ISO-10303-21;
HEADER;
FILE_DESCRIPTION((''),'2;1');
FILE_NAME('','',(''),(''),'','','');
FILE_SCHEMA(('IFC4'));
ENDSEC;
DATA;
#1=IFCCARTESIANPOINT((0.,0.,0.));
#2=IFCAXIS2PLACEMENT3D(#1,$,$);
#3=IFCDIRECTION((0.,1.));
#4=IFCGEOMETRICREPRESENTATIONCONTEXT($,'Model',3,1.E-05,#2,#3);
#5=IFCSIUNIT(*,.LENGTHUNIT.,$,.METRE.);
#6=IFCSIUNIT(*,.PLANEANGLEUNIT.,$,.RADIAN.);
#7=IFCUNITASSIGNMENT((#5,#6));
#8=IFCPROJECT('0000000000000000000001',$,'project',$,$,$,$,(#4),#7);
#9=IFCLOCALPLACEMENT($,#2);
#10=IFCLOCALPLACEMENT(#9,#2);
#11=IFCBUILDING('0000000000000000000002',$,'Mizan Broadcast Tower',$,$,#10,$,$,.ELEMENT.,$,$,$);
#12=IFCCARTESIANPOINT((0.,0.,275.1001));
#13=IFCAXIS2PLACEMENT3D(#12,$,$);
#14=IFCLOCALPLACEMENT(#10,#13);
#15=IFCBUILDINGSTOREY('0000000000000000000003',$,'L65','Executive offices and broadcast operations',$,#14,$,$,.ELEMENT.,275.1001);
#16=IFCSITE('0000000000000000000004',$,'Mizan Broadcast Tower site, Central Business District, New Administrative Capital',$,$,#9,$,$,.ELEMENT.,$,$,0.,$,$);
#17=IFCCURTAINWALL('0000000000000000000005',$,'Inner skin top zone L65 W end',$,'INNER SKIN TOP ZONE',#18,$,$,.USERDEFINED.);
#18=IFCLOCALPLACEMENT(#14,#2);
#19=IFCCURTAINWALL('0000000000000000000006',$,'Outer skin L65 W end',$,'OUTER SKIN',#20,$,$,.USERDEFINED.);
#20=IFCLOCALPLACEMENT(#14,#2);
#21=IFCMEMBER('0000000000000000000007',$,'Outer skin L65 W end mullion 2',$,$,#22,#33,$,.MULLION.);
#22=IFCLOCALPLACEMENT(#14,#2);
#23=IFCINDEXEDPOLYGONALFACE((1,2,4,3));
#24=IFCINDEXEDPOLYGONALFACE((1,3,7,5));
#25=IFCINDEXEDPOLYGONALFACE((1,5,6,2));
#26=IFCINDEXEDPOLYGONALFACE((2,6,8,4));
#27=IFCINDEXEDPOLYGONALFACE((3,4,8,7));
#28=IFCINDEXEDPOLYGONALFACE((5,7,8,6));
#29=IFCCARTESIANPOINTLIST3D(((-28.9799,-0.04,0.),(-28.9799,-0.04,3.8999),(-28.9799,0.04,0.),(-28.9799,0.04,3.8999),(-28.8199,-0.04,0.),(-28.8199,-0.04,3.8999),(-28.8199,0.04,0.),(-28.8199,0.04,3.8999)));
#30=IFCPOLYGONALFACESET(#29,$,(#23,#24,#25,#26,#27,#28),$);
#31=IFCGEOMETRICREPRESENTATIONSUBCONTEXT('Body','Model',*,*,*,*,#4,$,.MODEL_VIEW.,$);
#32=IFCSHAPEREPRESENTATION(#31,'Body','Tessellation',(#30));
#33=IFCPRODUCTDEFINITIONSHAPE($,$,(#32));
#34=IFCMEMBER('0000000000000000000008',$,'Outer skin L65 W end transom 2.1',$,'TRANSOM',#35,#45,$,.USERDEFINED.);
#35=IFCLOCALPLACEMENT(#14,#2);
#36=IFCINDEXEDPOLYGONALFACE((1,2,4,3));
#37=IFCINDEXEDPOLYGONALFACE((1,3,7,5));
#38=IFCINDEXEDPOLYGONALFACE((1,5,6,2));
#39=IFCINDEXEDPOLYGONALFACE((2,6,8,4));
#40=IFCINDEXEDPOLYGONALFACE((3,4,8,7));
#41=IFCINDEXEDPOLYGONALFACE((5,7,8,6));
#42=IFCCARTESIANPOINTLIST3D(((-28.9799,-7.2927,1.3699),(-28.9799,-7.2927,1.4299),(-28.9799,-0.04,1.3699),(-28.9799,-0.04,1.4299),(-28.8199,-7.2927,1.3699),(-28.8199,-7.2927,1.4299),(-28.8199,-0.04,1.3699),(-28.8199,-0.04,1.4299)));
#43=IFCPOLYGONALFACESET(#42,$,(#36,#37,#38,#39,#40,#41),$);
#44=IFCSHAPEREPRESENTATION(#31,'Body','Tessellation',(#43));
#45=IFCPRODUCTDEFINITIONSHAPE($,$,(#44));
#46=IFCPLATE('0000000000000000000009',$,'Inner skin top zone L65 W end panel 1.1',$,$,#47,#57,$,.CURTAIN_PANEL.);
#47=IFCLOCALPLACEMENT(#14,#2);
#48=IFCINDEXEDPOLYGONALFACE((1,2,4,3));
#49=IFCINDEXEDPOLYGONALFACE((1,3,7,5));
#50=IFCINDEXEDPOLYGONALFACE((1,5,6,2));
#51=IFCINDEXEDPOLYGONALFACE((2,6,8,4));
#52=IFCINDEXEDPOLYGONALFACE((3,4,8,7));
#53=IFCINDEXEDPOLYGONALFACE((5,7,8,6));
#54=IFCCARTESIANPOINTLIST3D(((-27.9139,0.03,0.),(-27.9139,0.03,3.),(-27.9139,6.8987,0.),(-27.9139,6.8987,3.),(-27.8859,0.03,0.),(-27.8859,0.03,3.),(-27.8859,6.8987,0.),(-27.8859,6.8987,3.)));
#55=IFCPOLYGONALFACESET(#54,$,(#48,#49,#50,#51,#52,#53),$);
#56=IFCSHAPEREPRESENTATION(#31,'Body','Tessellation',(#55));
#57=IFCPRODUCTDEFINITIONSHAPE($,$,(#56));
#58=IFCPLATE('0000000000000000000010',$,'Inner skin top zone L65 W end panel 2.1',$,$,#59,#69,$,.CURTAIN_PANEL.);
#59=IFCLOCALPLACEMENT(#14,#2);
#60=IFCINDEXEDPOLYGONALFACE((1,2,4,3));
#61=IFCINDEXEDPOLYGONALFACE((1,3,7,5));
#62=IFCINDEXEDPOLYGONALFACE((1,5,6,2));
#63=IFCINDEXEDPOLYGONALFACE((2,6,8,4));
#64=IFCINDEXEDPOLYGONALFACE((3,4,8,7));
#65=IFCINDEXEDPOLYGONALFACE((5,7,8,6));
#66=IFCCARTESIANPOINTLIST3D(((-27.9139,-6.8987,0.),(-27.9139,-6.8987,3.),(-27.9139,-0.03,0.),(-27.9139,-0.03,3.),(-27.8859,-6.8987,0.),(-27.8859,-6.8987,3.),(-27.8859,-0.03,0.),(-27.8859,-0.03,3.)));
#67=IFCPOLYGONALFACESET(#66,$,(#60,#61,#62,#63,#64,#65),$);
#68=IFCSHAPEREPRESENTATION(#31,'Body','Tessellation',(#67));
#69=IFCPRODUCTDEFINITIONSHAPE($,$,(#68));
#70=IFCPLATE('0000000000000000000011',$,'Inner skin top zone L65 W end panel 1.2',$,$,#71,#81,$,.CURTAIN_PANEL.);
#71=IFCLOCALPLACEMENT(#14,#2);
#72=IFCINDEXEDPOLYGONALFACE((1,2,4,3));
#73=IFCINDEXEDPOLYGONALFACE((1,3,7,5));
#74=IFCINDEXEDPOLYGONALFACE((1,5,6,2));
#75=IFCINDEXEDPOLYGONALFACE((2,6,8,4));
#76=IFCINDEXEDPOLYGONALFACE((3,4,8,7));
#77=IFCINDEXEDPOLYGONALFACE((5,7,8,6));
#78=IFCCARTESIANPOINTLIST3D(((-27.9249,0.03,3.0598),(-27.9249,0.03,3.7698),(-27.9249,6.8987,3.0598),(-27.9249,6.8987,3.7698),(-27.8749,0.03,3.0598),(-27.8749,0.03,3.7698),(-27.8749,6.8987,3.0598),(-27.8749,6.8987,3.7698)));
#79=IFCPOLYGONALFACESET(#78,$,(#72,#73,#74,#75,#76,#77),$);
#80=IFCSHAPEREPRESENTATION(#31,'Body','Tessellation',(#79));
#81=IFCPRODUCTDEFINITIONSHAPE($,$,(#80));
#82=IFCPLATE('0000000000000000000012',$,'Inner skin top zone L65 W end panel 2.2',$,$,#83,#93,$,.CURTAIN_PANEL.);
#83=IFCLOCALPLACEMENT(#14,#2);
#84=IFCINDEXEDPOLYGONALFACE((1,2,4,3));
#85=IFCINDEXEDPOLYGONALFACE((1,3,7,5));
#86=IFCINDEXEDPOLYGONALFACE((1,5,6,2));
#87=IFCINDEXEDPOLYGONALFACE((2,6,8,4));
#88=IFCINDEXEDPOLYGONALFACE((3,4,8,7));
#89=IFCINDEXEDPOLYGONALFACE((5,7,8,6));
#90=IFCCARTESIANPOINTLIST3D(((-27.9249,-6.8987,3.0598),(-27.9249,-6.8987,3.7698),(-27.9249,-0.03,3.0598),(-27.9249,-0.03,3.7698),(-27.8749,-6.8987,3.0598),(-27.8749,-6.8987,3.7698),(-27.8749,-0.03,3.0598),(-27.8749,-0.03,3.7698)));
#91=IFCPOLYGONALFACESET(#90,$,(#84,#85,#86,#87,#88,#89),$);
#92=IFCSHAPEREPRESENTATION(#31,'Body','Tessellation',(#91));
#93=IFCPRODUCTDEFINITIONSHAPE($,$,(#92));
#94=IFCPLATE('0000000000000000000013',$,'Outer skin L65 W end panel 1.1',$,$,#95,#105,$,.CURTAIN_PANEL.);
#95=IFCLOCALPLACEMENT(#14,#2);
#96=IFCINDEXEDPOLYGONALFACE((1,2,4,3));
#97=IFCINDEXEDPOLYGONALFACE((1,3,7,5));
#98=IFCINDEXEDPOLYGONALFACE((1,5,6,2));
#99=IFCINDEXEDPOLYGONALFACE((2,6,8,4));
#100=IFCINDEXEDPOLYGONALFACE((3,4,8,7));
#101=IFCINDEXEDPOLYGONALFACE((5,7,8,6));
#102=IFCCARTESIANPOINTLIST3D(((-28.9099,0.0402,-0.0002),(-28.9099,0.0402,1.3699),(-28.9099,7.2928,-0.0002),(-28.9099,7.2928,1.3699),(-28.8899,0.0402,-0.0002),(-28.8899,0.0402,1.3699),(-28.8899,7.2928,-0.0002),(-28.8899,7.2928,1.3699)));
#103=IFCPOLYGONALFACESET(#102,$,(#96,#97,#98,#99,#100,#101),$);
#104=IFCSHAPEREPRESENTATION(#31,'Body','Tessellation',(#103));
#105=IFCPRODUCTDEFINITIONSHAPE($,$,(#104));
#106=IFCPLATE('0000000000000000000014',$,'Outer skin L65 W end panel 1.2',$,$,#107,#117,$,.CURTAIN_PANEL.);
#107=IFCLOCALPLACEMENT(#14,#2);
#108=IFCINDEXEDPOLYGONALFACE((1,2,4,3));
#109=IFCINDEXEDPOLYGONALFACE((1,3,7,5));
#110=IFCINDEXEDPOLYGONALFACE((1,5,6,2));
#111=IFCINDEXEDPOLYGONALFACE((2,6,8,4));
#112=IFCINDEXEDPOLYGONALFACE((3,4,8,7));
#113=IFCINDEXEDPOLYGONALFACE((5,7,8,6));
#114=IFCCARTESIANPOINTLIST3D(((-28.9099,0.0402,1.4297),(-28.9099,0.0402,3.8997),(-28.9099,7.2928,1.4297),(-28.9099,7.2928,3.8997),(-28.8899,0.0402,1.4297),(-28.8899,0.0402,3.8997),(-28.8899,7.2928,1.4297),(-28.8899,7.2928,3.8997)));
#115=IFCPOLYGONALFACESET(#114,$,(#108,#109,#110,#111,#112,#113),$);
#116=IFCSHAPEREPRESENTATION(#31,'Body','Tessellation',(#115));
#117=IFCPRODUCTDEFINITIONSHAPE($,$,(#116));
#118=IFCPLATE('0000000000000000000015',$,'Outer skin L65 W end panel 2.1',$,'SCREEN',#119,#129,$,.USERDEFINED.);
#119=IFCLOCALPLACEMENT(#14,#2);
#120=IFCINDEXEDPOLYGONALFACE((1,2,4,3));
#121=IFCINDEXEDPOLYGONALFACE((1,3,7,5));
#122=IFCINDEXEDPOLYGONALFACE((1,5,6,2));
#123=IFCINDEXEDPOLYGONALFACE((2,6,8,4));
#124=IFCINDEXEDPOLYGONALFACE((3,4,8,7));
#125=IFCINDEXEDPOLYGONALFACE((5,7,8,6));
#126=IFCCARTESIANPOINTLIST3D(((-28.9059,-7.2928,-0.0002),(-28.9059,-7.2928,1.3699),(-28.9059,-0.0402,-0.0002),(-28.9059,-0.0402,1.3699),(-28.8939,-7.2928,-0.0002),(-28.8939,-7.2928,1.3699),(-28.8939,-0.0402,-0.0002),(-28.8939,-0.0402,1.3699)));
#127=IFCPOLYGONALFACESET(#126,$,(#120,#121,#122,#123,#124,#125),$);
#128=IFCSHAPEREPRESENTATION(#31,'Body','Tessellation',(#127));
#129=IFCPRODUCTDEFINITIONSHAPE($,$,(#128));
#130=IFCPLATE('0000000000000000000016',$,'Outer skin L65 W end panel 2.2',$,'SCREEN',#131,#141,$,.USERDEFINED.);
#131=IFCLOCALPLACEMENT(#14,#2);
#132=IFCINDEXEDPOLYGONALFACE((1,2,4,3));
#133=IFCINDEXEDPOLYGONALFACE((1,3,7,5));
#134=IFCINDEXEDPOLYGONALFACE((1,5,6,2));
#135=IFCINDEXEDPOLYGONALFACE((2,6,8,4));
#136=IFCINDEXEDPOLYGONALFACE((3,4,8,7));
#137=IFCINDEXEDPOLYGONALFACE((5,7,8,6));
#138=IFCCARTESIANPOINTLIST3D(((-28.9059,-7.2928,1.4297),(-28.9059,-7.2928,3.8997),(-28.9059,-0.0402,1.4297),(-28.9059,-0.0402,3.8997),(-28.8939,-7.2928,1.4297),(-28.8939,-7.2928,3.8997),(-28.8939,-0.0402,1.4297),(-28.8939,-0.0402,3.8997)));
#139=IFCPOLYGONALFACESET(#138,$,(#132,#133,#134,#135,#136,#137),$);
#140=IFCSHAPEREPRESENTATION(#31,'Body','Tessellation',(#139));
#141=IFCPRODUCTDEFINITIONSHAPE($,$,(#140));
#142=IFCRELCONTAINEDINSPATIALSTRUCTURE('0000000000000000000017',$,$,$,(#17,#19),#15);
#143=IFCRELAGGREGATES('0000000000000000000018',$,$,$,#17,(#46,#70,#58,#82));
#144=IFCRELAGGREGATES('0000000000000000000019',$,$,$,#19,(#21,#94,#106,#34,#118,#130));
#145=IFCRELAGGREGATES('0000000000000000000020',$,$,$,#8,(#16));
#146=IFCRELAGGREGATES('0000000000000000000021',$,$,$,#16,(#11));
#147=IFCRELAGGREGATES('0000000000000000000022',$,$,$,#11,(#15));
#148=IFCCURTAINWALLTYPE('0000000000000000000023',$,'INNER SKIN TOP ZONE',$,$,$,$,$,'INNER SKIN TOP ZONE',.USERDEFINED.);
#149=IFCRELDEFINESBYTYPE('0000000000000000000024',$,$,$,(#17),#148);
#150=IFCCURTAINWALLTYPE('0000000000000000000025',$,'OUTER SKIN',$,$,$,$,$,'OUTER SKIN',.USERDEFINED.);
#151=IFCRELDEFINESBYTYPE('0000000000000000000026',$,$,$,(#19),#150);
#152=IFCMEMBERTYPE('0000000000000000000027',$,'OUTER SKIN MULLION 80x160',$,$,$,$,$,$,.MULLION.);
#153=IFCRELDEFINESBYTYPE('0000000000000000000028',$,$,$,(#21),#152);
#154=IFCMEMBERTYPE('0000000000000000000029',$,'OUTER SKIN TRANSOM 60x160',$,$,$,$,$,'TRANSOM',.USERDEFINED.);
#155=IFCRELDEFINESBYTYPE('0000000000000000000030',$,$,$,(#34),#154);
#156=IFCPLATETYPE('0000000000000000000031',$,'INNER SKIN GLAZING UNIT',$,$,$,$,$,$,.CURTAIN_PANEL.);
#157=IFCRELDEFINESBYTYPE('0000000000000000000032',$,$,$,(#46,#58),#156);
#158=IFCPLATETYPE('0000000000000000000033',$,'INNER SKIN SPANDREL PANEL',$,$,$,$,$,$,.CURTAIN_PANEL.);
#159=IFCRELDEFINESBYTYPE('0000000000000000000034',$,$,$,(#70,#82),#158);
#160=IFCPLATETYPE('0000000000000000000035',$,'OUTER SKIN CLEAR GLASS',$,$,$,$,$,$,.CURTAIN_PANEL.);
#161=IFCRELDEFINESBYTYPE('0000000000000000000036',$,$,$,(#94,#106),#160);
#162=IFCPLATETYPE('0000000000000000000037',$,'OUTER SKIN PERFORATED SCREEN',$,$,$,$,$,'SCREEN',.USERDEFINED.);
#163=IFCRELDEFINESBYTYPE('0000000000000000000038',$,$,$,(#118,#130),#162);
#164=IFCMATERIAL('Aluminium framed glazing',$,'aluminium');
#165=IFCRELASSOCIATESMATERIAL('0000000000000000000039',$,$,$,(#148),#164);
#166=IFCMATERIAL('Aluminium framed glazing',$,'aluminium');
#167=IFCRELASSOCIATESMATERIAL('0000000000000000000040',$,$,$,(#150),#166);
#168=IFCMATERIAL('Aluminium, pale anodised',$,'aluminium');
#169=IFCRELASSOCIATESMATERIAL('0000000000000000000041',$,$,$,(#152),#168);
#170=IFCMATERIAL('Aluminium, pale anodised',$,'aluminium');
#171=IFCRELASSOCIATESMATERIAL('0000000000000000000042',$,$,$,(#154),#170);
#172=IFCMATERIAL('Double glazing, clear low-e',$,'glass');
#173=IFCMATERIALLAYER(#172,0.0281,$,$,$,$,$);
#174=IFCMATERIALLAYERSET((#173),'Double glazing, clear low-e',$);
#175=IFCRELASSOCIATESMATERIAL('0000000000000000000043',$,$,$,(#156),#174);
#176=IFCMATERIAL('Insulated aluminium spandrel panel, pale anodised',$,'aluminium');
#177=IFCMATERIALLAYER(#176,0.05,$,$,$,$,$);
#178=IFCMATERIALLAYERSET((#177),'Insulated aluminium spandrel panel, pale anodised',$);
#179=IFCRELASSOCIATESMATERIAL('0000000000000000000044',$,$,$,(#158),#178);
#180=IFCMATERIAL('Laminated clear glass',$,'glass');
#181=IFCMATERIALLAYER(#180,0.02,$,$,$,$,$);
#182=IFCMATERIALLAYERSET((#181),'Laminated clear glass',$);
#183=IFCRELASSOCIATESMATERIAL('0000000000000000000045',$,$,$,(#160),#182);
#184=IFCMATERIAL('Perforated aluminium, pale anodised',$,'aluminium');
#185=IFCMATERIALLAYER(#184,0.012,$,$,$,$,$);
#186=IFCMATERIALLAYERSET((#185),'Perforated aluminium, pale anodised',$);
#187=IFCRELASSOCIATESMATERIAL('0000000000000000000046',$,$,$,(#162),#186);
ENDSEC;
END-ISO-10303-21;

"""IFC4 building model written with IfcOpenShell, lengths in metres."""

from ifc_helpers import new_model, si_unit, direction, frame, origin, origin_2d, place, context, subcontext, project, spatial, rectangle, extrude, material, layer, layer_set, material_profile, profile_set, type_object, element, aggregate, save


model = new_model("IFC4")

# Units and contexts
model_context = context("Model", 3, precision=1e-05, world=origin(), true_north=direction((0.0, 1.0)))
body_context = subcontext(model_context, "Body", "Model", "MODEL_VIEW")
ifc_project = project(units=[si_unit("LENGTHUNIT", "METRE"), si_unit("PLANEANGLEUNIT", "RADIAN")], contexts=[model_context])

# Site, building, storey
site_placement = place(None, origin())
site = spatial("IfcSite", under=ifc_project, at=site_placement, Name="Mizan Broadcast Tower site, Central Business District, New Administrative Capital", CompositionType="ELEMENT", RefElevation=0.0)
building_placement = place(site_placement, origin())
building = spatial("IfcBuilding", under=site, at=building_placement, Name="Mizan Broadcast Tower", CompositionType="ELEMENT")
storey_placement = place(building_placement, frame((0.0, 0.0, 275.1001)))
storey = spatial("IfcBuildingStorey", under=building, at=storey_placement, Name="L65", Description="Executive offices and broadcast operations", CompositionType="ELEMENT", Elevation=275.1001)

# Shared definitions
ifc_material_1 = material(Name="Aluminium framed glazing", Category="aluminium")
curtain_wall_type_1 = type_object("IfcCurtainWallType", Name="INNER SKIN TOP ZONE", ElementType="INNER SKIN TOP ZONE", PredefinedType="USERDEFINED", material=ifc_material_1)

# Curtain wall
curtain_wall_1_placement = place(storey_placement, origin())
curtain_wall_1 = element("IfcCurtainWall", 1, at=curtain_wall_1_placement, inside=storey, type_object=curtain_wall_type_1, Name="Inner skin top zone L65 W end", ObjectType="INNER SKIN TOP ZONE", PredefinedType="USERDEFINED")

# Curtain wall, members
ifc_material_2 = material(Name="Aluminium framed glazing", Category="aluminium")
curtain_wall_type_2 = type_object("IfcCurtainWallType", Name="OUTER SKIN", ElementType="OUTER SKIN", PredefinedType="USERDEFINED", material=ifc_material_2)
curtain_wall_2_placement = place(storey_placement, origin())
curtain_wall_2 = element("IfcCurtainWall", 2, at=curtain_wall_2_placement, inside=storey, type_object=curtain_wall_type_2, Name="Outer skin L65 W end", ObjectType="OUTER SKIN", PredefinedType="USERDEFINED")
ifc_material_3 = material(Name="Aluminium, pale anodised", Category="aluminium")
ifc_material_profile_1 = material_profile(ifc_material_3, rectangle(XDim=0.1599, YDim=0.0801, at=origin_2d()), Name="MULLION 160x80")
ifc_profile_set_1 = profile_set([ifc_material_profile_1], Name="Aluminium, pale anodised")
member_type_1 = type_object("IfcMemberType", Name="OUTER SKIN MULLION 80x160", PredefinedType="MULLION", material=ifc_profile_set_1)
member_1_placement = place(storey_placement, frame((-28.8999, 0.0, 0.0), z_axis=(0.0, 0.0, 1.0), x_axis=(1.0, 0.0, 0.0)))
member_1 = element("IfcMember", 3, at=member_1_placement, type_object=member_type_1, Name="Outer skin L65 W end mullion 2", PredefinedType="MULLION", context=body_context, shape_type="SweptSolid", body=[
    extrude(rectangle(XDim=0.1599, YDim=0.0801, at=origin_2d()), origin(), (0.0, 0.0, 1.0), 3.8999),
])
ifc_material_4 = material(Name="Aluminium, pale anodised", Category="aluminium")
ifc_material_profile_2 = material_profile(ifc_material_4, rectangle(XDim=0.1599, YDim=0.0601, at=origin_2d()), Name="TRANSOM 160x60")
ifc_profile_set_2 = profile_set([ifc_material_profile_2], Name="Aluminium, pale anodised")
member_type_2 = type_object("IfcMemberType", Name="OUTER SKIN TRANSOM 60x160", ElementType="TRANSOM", PredefinedType="USERDEFINED", material=ifc_profile_set_2)
member_2_placement = place(storey_placement, frame((-28.8999, -0.04, 1.3999), z_axis=(0.0, -1.0, 0.0), x_axis=(1.0, 0.0, 0.0)))
member_2 = element("IfcMember", 4, at=member_2_placement, type_object=member_type_2, Name="Outer skin L65 W end transom 2.1", ObjectType="TRANSOM", PredefinedType="USERDEFINED", context=body_context, shape_type="SweptSolid", body=[
    extrude(rectangle(XDim=0.1599, YDim=0.0601, at=origin_2d()), origin(), (0.0, 0.0, 1.0), 7.2527),
])

# Plates
ifc_material_5 = material(Name="Double glazing, clear low-e", Category="glass")
ifc_layer_1 = layer(ifc_material_5, 0.0281)
ifc_layer_set_1 = layer_set([ifc_layer_1], Name="Double glazing, clear low-e")
plate_type_1 = type_object("IfcPlateType", Name="INNER SKIN GLAZING UNIT", PredefinedType="CURTAIN_PANEL", material=ifc_layer_set_1)
plate_1_placement = place(storey_placement, frame((-27.8999, 3.4644, 0.0), z_axis=(0.0, 0.0, 1.0), x_axis=(0.0, -1.0, 0.0)))
plate_1 = element("IfcPlate", 5, at=plate_1_placement, type_object=plate_type_1, Name="Inner skin top zone L65 W end panel 1.1", PredefinedType="CURTAIN_PANEL", context=body_context, shape_type="SweptSolid", body=[
    extrude(rectangle(XDim=6.8687, YDim=0.0281, at=origin_2d()), origin(), (0.0, 0.0, 1.0), 3.0),
])
plate_2_placement = place(storey_placement, frame((-27.8999, -3.4644, 0.0), z_axis=(0.0, 0.0, 1.0), x_axis=(0.0, -1.0, 0.0)))
plate_2 = element("IfcPlate", 6, at=plate_2_placement, type_object=plate_type_1, Name="Inner skin top zone L65 W end panel 2.1", PredefinedType="CURTAIN_PANEL", context=body_context, shape_type="SweptSolid", body=[
    extrude(rectangle(XDim=6.8687, YDim=0.0281, at=origin_2d()), origin(), (0.0, 0.0, 1.0), 3.0),
])
ifc_material_6 = material(Name="Insulated aluminium spandrel panel, pale anodised", Category="aluminium")
ifc_layer_2 = layer(ifc_material_6, 0.05)
ifc_layer_set_2 = layer_set([ifc_layer_2], Name="Insulated aluminium spandrel panel, pale anodised")
plate_type_2 = type_object("IfcPlateType", Name="INNER SKIN SPANDREL PANEL", PredefinedType="CURTAIN_PANEL", material=ifc_layer_set_2)
plate_3_placement = place(storey_placement, frame((-27.8999, 3.4644, 3.0598), z_axis=(0.0, 0.0, 1.0), x_axis=(0.0, -1.0, 0.0)))
plate_3 = element("IfcPlate", 7, at=plate_3_placement, type_object=plate_type_2, Name="Inner skin top zone L65 W end panel 1.2", PredefinedType="CURTAIN_PANEL", context=body_context, shape_type="SweptSolid", body=[
    extrude(rectangle(XDim=6.8687, YDim=0.05, at=origin_2d()), origin(), (0.0, 0.0, 1.0), 0.71),
])
plate_4_placement = place(storey_placement, frame((-27.8999, -3.4644, 3.0598), z_axis=(0.0, 0.0, 1.0), x_axis=(0.0, -1.0, 0.0)))
plate_4 = element("IfcPlate", 8, at=plate_4_placement, type_object=plate_type_2, Name="Inner skin top zone L65 W end panel 2.2", PredefinedType="CURTAIN_PANEL", context=body_context, shape_type="SweptSolid", body=[
    extrude(rectangle(XDim=6.8687, YDim=0.05, at=origin_2d()), origin(), (0.0, 0.0, 1.0), 0.71),
])
aggregate(curtain_wall_1, [plate_1, plate_3, plate_2, plate_4])
ifc_material_7 = material(Name="Laminated clear glass", Category="glass")
ifc_layer_3 = layer(ifc_material_7, 0.02)
ifc_layer_set_3 = layer_set([ifc_layer_3], Name="Laminated clear glass")
plate_type_3 = type_object("IfcPlateType", Name="OUTER SKIN CLEAR GLASS", PredefinedType="CURTAIN_PANEL", material=ifc_layer_set_3)
plate_5_placement = place(storey_placement, frame((-28.8999, 3.6665, -0.0002), z_axis=(0.0, 0.0, 1.0), x_axis=(0.0, -1.0, 0.0)))
plate_5 = element("IfcPlate", 9, at=plate_5_placement, type_object=plate_type_3, Name="Outer skin L65 W end panel 1.1", PredefinedType="CURTAIN_PANEL", context=body_context, shape_type="SweptSolid", body=[
    extrude(rectangle(XDim=7.2527, YDim=0.02, at=origin_2d()), origin(), (0.0, 0.0, 1.0), 1.3701),
])
plate_6_placement = place(storey_placement, frame((-28.8999, 3.6665, 1.4297), z_axis=(0.0, 0.0, 1.0), x_axis=(0.0, -1.0, 0.0)))
plate_6 = element("IfcPlate", 10, at=plate_6_placement, type_object=plate_type_3, Name="Outer skin L65 W end panel 1.2", PredefinedType="CURTAIN_PANEL", context=body_context, shape_type="SweptSolid", body=[
    extrude(rectangle(XDim=7.2527, YDim=0.02, at=origin_2d()), origin(), (0.0, 0.0, 1.0), 2.47),
])
ifc_material_8 = material(Name="Perforated aluminium, pale anodised", Category="aluminium")
ifc_layer_4 = layer(ifc_material_8, 0.012)
ifc_layer_set_4 = layer_set([ifc_layer_4], Name="Perforated aluminium, pale anodised")
plate_type_4 = type_object("IfcPlateType", Name="OUTER SKIN PERFORATED SCREEN", ElementType="SCREEN", PredefinedType="USERDEFINED", material=ifc_layer_set_4)
plate_7_placement = place(storey_placement, frame((-28.8999, -3.6665, -0.0002), z_axis=(0.0, 0.0, 1.0), x_axis=(0.0, -1.0, 0.0)))
plate_7 = element("IfcPlate", 11, at=plate_7_placement, type_object=plate_type_4, Name="Outer skin L65 W end panel 2.1", ObjectType="SCREEN", PredefinedType="USERDEFINED", context=body_context, shape_type="SweptSolid", body=[
    extrude(rectangle(XDim=7.2527, YDim=0.012, at=origin_2d()), origin(), (0.0, 0.0, 1.0), 1.3701),
])
plate_8_placement = place(storey_placement, frame((-28.8999, -3.6665, 1.4297), z_axis=(0.0, 0.0, 1.0), x_axis=(0.0, -1.0, 0.0)))
plate_8 = element("IfcPlate", 12, at=plate_8_placement, type_object=plate_type_4, Name="Outer skin L65 W end panel 2.2", ObjectType="SCREEN", PredefinedType="USERDEFINED", context=body_context, shape_type="SweptSolid", body=[
    extrude(rectangle(XDim=7.2527, YDim=0.012, at=origin_2d()), origin(), (0.0, 0.0, 1.0), 2.47),
])
aggregate(curtain_wall_2, [member_1, plate_5, plate_6, member_2, plate_7, plate_8])

save(model, "model.ifc")
